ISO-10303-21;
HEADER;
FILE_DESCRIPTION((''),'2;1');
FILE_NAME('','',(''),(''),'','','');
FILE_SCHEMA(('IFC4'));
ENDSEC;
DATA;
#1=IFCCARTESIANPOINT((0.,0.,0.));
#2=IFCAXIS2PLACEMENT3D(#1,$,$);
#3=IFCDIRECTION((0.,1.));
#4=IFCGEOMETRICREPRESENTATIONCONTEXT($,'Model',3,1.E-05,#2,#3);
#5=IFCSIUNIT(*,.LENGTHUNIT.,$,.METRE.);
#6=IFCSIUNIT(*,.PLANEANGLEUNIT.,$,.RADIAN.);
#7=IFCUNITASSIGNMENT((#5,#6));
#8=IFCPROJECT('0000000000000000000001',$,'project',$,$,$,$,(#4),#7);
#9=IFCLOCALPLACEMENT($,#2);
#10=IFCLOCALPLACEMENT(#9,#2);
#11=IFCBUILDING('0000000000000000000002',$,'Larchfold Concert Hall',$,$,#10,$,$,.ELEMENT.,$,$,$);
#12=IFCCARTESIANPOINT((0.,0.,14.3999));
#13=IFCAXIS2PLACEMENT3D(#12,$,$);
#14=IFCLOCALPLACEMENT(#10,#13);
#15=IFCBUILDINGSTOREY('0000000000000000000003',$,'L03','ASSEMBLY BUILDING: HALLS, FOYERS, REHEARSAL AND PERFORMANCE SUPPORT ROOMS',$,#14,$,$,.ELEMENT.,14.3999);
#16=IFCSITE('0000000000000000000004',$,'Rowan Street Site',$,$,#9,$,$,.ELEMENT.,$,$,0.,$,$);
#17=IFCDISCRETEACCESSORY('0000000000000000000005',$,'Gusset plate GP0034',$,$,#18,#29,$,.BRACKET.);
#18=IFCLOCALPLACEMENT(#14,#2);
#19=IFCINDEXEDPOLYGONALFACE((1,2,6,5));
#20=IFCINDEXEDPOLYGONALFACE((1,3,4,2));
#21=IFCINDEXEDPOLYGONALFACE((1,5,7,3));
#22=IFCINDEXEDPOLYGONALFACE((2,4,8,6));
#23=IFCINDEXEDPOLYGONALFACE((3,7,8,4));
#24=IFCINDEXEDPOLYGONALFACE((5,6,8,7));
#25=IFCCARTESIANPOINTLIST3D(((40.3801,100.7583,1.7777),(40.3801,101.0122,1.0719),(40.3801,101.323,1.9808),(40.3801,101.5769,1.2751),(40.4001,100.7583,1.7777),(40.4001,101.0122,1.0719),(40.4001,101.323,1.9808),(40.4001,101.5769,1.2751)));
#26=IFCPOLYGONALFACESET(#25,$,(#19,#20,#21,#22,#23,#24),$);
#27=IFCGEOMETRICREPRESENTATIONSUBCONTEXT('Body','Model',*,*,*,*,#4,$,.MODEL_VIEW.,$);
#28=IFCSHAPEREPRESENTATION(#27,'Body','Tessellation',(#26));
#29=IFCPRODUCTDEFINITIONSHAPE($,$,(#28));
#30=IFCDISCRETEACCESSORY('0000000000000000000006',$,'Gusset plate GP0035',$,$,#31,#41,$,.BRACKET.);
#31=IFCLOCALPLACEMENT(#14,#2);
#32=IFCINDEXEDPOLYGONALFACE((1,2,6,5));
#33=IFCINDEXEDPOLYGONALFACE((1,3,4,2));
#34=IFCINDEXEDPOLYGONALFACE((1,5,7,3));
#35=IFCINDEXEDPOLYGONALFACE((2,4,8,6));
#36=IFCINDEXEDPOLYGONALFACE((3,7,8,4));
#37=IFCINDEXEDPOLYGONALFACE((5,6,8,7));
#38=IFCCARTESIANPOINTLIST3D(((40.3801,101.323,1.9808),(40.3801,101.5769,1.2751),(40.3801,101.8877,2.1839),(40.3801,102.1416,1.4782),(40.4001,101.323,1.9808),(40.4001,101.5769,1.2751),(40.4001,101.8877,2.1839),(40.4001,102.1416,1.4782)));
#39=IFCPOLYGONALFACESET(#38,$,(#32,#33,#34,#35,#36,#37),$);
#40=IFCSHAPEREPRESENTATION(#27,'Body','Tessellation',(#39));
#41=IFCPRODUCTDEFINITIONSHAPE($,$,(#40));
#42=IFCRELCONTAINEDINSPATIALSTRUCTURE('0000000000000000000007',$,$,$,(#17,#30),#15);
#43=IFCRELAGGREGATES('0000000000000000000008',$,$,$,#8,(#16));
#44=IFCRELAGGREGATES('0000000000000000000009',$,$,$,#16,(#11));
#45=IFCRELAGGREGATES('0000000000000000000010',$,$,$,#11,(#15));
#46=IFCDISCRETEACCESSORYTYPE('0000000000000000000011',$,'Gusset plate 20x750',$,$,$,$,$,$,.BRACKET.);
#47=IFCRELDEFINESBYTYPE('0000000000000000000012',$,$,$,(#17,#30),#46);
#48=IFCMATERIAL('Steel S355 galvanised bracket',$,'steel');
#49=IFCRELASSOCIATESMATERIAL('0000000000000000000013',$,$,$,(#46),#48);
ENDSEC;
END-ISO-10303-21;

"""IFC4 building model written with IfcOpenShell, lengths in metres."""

from ifc_helpers import new_model, si_unit, direction, frame, origin, origin_2d, place, context, subcontext, project, spatial, rectangle, extrude, material, material_profile, profile_set, type_object, element, save


model = new_model("IFC4")

# Units and contexts
model_context = context("Model", 3, precision=1e-05, world=origin(), true_north=direction((0.0, 1.0)))
body_context = subcontext(model_context, "Body", "Model", "MODEL_VIEW")
ifc_project = project(units=[si_unit("LENGTHUNIT", "METRE"), si_unit("PLANEANGLEUNIT", "RADIAN")], contexts=[model_context])

# Site, building, storey
site_placement = place(None, origin())
site = spatial("IfcSite", under=ifc_project, at=site_placement, Name="Rowan Street Site", CompositionType="ELEMENT", RefElevation=0.0)
building_placement = place(site_placement, origin())
building = spatial("IfcBuilding", under=site, at=building_placement, Name="Larchfold Concert Hall", CompositionType="ELEMENT")
storey_placement = place(building_placement, frame((0.0, 0.0, 14.3999)))
storey = spatial("IfcBuildingStorey", under=building, at=storey_placement, Name="L03", Description="ASSEMBLY BUILDING: HALLS, FOYERS, REHEARSAL AND PERFORMANCE SUPPORT ROOMS", CompositionType="ELEMENT", Elevation=14.3999)

# Discrete accessories
ifc_material_1 = material(Name="Steel S355 galvanised bracket", Category="steel")
ifc_material_profile_1 = material_profile(ifc_material_1, rectangle(XDim=0.02, YDim=0.75, at=origin_2d()))
ifc_profile_set_1 = profile_set([ifc_material_profile_1], Name="Steel S355 galvanised bracket")
discrete_accessory_type = type_object("IfcDiscreteAccessoryType", Name="Gusset plate 20x750", PredefinedType="BRACKET", material=ifc_profile_set_1)
for number, where, z_axis, x_axis, name in (
    (1, (40.3901, 100.8853, 1.4248), (0.0, 0.940976, 0.338475), (-1.0, 0.0, 0.0), "Gusset plate GP0034"),
    (2, (40.3901, 101.45, 1.6279), (0.0, 0.940976, 0.338475), (-1.0, 0.0, 0.0), "Gusset plate GP0035"),
):
    element("IfcDiscreteAccessory", number, at=place(storey_placement, frame(where, z_axis=z_axis, x_axis=x_axis)), inside=storey, type_object=discrete_accessory_type, Name=name, PredefinedType="BRACKET", context=body_context, shape_type="SweptSolid", body=[
        extrude(rectangle(XDim=0.02, YDim=0.75, at=origin_2d()), origin(), (0.0, 0.0, 1.0), 0.6001),
    ])

save(model, "model.ifc")
